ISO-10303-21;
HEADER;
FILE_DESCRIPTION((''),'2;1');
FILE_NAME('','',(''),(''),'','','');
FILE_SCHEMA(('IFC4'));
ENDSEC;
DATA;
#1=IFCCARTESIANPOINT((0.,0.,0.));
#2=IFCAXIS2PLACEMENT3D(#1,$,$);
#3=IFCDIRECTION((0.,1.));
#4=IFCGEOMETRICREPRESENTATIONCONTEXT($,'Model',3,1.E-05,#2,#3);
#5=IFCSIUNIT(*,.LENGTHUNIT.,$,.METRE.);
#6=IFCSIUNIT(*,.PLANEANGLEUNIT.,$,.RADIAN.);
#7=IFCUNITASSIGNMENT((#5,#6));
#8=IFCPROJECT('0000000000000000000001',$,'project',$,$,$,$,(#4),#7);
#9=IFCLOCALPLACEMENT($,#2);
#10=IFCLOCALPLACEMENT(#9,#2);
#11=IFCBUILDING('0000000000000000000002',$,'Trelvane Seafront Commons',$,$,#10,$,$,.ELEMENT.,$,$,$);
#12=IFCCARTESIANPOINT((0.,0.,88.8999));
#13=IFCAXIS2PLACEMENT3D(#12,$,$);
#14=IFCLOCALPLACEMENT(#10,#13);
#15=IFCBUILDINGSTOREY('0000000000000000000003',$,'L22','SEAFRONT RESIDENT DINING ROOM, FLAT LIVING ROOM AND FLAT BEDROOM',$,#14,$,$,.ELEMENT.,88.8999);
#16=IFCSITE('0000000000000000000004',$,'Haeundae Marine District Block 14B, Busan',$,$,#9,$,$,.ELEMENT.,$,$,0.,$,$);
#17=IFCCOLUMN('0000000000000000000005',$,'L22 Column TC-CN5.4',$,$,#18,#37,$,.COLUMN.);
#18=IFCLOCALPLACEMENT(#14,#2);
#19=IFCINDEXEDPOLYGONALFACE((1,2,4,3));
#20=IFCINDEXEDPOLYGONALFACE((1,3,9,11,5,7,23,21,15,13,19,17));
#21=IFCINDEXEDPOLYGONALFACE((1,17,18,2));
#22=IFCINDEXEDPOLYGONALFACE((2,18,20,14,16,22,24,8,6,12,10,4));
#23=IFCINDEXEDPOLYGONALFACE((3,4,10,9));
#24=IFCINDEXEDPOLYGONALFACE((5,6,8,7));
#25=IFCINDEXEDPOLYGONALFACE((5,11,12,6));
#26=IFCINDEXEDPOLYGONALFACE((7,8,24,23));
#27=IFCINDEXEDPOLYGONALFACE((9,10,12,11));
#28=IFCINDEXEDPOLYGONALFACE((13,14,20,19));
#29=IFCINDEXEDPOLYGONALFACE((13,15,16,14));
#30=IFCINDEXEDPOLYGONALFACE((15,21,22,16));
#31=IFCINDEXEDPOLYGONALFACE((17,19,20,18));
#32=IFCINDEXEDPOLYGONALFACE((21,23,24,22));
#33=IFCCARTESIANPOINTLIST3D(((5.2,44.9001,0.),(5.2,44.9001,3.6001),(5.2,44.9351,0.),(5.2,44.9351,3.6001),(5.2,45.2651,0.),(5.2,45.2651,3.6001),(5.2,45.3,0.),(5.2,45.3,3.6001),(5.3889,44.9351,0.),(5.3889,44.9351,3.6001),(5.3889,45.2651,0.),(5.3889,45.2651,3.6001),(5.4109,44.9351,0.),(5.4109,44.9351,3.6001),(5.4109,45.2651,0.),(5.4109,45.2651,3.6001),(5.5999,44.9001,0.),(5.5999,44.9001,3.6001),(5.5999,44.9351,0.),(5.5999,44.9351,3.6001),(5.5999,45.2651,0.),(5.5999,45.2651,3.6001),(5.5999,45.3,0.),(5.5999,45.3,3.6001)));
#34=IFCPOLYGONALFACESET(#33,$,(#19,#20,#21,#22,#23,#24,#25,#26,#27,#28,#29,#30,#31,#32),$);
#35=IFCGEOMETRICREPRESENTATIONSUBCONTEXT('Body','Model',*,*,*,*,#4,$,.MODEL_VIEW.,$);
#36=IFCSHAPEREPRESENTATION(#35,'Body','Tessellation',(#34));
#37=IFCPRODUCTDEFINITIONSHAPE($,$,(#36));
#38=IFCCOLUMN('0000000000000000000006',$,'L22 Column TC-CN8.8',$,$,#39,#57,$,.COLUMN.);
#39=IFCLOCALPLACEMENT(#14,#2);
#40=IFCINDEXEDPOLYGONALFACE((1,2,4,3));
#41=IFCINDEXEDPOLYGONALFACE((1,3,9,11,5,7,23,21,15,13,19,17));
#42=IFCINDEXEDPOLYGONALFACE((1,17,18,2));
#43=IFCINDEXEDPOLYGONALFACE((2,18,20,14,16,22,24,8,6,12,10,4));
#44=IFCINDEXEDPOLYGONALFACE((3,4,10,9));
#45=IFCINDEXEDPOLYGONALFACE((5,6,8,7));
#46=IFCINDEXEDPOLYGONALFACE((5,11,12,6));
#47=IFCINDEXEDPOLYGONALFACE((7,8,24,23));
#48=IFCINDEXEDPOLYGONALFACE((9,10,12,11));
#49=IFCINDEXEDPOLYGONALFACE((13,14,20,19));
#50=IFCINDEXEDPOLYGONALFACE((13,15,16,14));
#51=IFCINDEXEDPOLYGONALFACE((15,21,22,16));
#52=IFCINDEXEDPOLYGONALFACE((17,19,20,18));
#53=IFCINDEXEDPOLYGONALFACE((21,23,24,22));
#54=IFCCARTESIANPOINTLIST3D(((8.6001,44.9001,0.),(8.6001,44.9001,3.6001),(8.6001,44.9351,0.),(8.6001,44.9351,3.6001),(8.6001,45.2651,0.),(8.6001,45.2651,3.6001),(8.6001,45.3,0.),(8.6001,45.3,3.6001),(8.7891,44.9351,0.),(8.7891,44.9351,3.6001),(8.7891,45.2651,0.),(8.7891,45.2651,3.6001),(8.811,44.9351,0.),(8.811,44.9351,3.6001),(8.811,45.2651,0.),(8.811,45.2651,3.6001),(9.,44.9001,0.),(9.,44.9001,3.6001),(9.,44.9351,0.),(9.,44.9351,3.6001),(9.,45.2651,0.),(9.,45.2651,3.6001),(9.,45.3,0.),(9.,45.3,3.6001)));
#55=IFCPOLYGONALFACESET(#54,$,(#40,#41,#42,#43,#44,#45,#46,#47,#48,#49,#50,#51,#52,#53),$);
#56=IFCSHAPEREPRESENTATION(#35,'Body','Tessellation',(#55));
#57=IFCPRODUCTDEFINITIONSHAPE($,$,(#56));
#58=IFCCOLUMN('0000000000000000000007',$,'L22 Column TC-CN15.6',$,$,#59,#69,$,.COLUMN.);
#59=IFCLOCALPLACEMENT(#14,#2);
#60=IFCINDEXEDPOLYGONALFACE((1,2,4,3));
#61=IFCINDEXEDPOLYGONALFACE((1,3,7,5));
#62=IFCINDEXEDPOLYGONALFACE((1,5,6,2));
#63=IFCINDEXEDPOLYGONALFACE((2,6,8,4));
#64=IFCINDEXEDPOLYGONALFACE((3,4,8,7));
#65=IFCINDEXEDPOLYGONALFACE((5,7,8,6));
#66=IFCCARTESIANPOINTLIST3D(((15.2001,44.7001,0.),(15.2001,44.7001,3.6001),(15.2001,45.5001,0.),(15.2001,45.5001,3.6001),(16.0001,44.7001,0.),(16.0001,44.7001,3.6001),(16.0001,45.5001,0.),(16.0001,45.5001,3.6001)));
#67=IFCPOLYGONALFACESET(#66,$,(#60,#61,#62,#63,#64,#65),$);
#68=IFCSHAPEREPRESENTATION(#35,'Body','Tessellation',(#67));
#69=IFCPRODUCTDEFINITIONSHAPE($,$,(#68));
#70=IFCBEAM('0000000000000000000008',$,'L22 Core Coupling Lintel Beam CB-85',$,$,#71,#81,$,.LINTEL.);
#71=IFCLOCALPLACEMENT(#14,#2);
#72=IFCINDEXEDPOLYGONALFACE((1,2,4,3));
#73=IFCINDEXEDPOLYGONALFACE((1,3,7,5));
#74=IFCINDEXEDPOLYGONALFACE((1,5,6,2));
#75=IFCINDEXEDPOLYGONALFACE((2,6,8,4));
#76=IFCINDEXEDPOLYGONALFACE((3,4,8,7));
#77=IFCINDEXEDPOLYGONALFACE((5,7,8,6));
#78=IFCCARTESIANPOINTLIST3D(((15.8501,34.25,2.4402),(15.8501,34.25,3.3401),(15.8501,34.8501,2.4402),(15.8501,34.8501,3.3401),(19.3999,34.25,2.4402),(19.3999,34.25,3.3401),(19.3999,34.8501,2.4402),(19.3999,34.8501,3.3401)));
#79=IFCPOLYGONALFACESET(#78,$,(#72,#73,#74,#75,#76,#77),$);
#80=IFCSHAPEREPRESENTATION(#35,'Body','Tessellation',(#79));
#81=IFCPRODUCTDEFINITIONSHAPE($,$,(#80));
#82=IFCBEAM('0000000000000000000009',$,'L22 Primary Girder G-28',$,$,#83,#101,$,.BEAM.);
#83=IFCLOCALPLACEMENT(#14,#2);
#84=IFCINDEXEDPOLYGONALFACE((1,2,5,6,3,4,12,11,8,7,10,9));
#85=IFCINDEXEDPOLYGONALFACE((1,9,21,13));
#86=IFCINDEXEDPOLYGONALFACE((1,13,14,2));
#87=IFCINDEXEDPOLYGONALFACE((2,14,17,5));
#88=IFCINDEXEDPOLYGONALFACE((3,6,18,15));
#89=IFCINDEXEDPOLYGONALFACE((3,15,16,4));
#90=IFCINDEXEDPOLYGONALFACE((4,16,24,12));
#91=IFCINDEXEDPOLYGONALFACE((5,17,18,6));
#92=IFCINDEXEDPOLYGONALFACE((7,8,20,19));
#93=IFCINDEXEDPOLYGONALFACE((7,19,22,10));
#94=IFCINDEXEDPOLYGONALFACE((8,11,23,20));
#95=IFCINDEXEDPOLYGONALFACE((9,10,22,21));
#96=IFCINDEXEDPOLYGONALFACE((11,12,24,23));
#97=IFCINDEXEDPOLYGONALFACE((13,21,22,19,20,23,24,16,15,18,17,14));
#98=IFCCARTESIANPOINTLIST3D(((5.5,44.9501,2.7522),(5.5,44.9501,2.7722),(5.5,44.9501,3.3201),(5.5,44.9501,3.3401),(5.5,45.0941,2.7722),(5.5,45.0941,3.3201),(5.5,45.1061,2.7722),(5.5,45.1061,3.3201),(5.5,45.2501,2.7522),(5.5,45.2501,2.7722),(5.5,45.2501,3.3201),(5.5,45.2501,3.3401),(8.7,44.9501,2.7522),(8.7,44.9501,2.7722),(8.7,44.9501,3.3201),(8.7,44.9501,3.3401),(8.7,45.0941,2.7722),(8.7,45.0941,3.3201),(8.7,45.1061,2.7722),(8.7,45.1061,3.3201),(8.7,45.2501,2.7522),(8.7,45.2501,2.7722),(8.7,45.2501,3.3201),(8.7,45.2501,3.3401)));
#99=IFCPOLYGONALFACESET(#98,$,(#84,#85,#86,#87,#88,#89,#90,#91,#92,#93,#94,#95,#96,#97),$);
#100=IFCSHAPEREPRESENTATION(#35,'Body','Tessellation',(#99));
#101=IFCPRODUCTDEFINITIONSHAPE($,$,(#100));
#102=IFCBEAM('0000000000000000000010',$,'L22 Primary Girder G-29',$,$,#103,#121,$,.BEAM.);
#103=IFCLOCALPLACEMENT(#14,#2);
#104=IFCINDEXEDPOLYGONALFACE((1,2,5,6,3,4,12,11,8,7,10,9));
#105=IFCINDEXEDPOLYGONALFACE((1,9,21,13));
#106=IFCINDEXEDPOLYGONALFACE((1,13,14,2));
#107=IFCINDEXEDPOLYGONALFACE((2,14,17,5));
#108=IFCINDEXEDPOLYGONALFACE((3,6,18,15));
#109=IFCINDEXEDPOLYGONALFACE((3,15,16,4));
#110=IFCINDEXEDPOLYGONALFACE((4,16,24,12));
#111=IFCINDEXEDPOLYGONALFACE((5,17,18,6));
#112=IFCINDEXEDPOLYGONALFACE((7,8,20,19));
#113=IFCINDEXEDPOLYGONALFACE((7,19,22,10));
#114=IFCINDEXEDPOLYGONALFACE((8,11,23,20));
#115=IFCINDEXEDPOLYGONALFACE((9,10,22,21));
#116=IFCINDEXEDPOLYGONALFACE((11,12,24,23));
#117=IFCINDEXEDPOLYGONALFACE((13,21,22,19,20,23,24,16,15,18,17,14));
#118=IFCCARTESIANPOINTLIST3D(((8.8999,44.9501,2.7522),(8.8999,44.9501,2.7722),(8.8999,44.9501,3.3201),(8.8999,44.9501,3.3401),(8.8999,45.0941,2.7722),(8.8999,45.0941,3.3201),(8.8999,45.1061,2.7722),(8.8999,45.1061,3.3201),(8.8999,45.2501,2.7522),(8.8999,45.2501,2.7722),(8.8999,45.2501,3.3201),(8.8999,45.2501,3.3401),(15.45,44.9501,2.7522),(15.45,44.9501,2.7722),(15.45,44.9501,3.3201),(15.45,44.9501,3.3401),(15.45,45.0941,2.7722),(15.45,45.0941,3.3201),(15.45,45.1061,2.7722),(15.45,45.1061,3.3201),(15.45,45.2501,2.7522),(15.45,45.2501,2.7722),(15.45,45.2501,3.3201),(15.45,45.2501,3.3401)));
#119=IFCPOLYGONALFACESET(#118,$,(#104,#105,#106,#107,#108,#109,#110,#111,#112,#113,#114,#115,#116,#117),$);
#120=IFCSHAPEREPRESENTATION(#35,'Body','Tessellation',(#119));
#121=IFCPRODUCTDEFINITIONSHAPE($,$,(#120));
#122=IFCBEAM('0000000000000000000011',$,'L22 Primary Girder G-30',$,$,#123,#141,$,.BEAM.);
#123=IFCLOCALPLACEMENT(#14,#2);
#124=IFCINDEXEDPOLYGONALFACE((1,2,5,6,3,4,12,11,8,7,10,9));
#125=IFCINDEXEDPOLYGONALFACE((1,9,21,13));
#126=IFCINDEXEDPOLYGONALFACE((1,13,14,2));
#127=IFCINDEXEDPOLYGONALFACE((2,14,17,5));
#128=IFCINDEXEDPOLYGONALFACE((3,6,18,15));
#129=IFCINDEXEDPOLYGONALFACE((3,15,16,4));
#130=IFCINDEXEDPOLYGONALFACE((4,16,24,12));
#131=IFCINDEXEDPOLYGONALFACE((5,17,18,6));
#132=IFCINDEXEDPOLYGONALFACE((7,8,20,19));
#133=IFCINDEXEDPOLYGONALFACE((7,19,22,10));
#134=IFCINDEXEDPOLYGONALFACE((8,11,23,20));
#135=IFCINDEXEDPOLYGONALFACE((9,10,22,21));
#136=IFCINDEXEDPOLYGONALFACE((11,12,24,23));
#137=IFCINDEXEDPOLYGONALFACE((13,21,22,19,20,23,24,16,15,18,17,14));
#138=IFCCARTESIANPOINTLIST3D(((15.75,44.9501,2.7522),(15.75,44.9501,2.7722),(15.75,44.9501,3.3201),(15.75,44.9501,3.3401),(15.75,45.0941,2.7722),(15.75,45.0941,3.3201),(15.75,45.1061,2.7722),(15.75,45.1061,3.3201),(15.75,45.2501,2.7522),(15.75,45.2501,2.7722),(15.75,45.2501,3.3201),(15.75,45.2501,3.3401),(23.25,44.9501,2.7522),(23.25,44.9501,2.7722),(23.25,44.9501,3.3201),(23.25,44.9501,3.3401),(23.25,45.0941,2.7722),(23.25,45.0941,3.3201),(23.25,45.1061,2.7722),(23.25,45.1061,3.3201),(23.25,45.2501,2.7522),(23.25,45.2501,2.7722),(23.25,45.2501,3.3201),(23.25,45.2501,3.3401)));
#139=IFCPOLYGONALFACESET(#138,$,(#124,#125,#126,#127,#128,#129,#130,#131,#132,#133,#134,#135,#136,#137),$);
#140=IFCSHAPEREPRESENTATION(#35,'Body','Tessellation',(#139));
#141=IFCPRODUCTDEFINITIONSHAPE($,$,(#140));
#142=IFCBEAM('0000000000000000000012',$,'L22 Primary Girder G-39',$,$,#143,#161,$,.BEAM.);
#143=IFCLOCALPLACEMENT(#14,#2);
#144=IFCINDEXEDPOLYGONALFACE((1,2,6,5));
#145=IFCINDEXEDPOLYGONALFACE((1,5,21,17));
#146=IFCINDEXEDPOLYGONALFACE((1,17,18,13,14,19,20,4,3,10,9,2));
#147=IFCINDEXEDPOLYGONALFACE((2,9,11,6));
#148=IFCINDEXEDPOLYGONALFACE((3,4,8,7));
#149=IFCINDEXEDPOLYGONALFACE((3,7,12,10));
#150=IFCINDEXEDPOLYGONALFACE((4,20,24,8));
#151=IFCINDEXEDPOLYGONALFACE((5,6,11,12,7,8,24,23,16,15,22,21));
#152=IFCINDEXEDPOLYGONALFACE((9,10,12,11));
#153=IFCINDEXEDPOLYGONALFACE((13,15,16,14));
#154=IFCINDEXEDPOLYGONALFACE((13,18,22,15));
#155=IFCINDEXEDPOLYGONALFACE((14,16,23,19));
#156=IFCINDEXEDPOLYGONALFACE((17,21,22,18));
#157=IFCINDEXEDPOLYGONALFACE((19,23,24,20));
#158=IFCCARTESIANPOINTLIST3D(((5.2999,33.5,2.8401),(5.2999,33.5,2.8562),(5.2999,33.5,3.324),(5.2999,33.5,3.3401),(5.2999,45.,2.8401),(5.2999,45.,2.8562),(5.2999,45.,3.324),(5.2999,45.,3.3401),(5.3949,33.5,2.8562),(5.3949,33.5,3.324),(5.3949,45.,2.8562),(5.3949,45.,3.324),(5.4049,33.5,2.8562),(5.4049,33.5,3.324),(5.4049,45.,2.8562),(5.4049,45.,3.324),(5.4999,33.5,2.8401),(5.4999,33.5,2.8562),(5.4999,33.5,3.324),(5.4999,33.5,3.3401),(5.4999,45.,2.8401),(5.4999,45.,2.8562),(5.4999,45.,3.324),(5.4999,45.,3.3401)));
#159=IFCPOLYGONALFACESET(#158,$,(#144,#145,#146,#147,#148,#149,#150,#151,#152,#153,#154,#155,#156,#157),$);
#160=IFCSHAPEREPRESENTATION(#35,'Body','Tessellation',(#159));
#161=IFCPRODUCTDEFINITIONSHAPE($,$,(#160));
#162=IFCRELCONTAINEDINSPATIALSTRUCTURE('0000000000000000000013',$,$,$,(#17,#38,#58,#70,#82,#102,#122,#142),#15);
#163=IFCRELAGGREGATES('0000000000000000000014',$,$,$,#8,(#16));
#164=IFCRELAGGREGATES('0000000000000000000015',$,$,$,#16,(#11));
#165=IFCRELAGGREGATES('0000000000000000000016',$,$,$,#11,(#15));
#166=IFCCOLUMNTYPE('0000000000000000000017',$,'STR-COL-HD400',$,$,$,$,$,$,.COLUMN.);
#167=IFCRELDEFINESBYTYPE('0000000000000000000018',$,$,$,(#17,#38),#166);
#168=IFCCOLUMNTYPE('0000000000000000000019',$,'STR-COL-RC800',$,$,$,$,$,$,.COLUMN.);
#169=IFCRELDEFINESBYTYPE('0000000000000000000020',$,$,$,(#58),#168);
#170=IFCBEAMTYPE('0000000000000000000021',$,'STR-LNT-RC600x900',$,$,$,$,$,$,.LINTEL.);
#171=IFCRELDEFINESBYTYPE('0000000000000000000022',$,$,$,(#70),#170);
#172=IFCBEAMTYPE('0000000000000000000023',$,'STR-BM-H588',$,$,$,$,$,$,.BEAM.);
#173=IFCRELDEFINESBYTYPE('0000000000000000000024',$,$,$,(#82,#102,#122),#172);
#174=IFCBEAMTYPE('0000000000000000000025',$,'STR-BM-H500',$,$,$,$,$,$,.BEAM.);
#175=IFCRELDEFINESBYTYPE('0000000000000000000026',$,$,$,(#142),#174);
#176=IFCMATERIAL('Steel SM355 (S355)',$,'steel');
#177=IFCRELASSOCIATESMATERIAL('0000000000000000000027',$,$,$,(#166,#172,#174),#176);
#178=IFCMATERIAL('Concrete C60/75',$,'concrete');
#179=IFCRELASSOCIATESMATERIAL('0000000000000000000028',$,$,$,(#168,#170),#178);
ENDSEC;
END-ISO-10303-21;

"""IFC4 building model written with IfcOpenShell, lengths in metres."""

from ifc_helpers import new_model, si_unit, direction, frame, origin, origin_2d, place, context, subcontext, project, spatial, rectangle, i_section, extrude, source, transform, mapped, material, material_profile, profile_set, type_object, element, save


model = new_model("IFC4")

# Units and contexts
model_context = context("Model", 3, precision=1e-05, world=origin(), true_north=direction((0.0, 1.0)))
body_context = subcontext(model_context, "Body", "Model", "MODEL_VIEW")
ifc_project = project(units=[si_unit("LENGTHUNIT", "METRE"), si_unit("PLANEANGLEUNIT", "RADIAN")], contexts=[model_context])

# Site, building, storey
site_placement = place(None, origin())
site = spatial("IfcSite", under=ifc_project, at=site_placement, Name="Haeundae Marine District Block 14B, Busan", CompositionType="ELEMENT", RefElevation=0.0)
building_placement = place(site_placement, origin())
building = spatial("IfcBuilding", under=site, at=building_placement, Name="Trelvane Seafront Commons", CompositionType="ELEMENT")
storey_placement = place(building_placement, frame((0.0, 0.0, 88.8999)))
storey = spatial("IfcBuildingStorey", under=building, at=storey_placement, Name="L22", Description="SEAFRONT RESIDENT DINING ROOM, FLAT LIVING ROOM AND FLAT BEDROOM", CompositionType="ELEMENT", Elevation=88.8999)

# Columns
ifc_material_1 = material(Name="Steel SM355 (S355)", Category="steel")
ifc_material_profile_1 = material_profile(ifc_material_1, i_section(OverallWidth=0.3999, OverallDepth=0.3999, WebThickness=0.022, FlangeThickness=0.0349, at=origin_2d()), Name="HD-400x400x22x35")
ifc_profile_set_1 = profile_set([ifc_material_profile_1], Name="Steel SM355 (S355)")
column_type_1 = type_object("IfcColumnType", Name="STR-COL-HD400", PredefinedType="COLUMN", material=ifc_profile_set_1)
shared_shape_1 = source(origin(), body_context, "Body", "SweptSolid", [
    extrude(i_section(OverallWidth=0.3999, OverallDepth=0.3999, WebThickness=0.022, FlangeThickness=0.0349, at=origin_2d()), origin(), (0.0, 0.0, 1.0), 3.6001),
])
for number, where, z_axis, x_axis, name in (
    (1, (5.3999, 45.1001, 0.0), (0.0, 0.0, 1.0), (1.0, 0.0, 0.0), "L22 Column TC-CN5.4"),
    (2, (8.8, 45.1001, 0.0), (0.0, 0.0, 1.0), (1.0, 0.0, 0.0), "L22 Column TC-CN8.8"),
):
    element("IfcColumn", number, at=place(storey_placement, frame(where, z_axis=z_axis, x_axis=x_axis)), inside=storey, type_object=column_type_1, Name=name, PredefinedType="COLUMN", context=body_context, shape_type="MappedRepresentation", body=[
        mapped(shared_shape_1, transform((0.0, 0.0, 0.0), x_axis=(1.0, 0.0, 0.0), y_axis=(0.0, 1.0, 0.0), z_axis=(0.0, 0.0, 1.0), scale=1.0)),
    ])
ifc_material_2 = material(Name="Concrete C60/75", Category="concrete")
ifc_material_profile_2 = material_profile(ifc_material_2, rectangle(XDim=0.8, YDim=0.8, at=origin_2d()), Name="RC-800x800")
ifc_profile_set_2 = profile_set([ifc_material_profile_2], Name="Concrete C60/75")
column_type_2 = type_object("IfcColumnType", Name="STR-COL-RC800", PredefinedType="COLUMN", material=ifc_profile_set_2)
shared_shape_2 = source(origin(), body_context, "Body", "SweptSolid", [
    extrude(rectangle(XDim=0.8, YDim=0.8, at=origin_2d()), origin(), (0.0, 0.0, 1.0), 3.6001),
])
column_placement = place(storey_placement, frame((15.6001, 45.1001, 0.0), z_axis=(0.0, 0.0, 1.0), x_axis=(1.0, 0.0, 0.0)))
element("IfcColumn", 3, at=column_placement, inside=storey, type_object=column_type_2, Name="L22 Column TC-CN15.6", PredefinedType="COLUMN", context=body_context, shape_type="MappedRepresentation", body=[
    mapped(shared_shape_2, transform((0.0, 0.0, 0.0), x_axis=(1.0, 0.0, 0.0), y_axis=(0.0, 1.0, 0.0), z_axis=(0.0, 0.0, 1.0), scale=1.0)),
])

# Beams
ifc_material_profile_3 = material_profile(ifc_material_2, rectangle(XDim=0.6001, YDim=0.8999, at=origin_2d()), Name="RC-600x900")
ifc_profile_set_3 = profile_set([ifc_material_profile_3], Name="Concrete C60/75")
beam_type_1 = type_object("IfcBeamType", Name="STR-LNT-RC600x900", PredefinedType="LINTEL", material=ifc_profile_set_3)
shared_shape_3 = source(origin(), body_context, "Body", "SweptSolid", [
    extrude(rectangle(XDim=0.6001, YDim=0.8999, at=origin_2d()), origin(), (0.0, 0.0, 1.0), 3.5498),
])
beam_1_placement = place(storey_placement, frame((15.8501, 34.55, 2.8901), z_axis=(1.0, 0.0, 0.0), x_axis=(0.0, 1.0, 0.0)))
element("IfcBeam", 4, at=beam_1_placement, inside=storey, type_object=beam_type_1, Name="L22 Core Coupling Lintel Beam CB-85", PredefinedType="LINTEL", context=body_context, shape_type="MappedRepresentation", body=[
    mapped(shared_shape_3, transform((0.0, 0.0, 0.0), x_axis=(1.0, 0.0, 0.0), y_axis=(0.0, 1.0, 0.0), z_axis=(0.0, 0.0, 1.0), scale=1.0)),
])
ifc_material_profile_4 = material_profile(ifc_material_1, i_section(OverallWidth=0.3, OverallDepth=0.5879, WebThickness=0.012, FlangeThickness=0.02, at=origin_2d()), Name="H-588x300x12x20")
ifc_profile_set_4 = profile_set([ifc_material_profile_4], Name="Steel SM355 (S355)")
beam_type_2 = type_object("IfcBeamType", Name="STR-BM-H588", PredefinedType="BEAM", material=ifc_profile_set_4)
shared_shape_4 = source(origin(), body_context, "Body", "SweptSolid", [
    extrude(i_section(OverallWidth=0.3, OverallDepth=0.5879, WebThickness=0.012, FlangeThickness=0.02, at=origin_2d()), origin(), (0.0, 0.0, 1.0), 3.2),
])
beam_2_placement = place(storey_placement, frame((5.5, 45.1001, 3.0461), z_axis=(1.0, 0.0, 0.0), x_axis=(0.0, 1.0, 0.0)))
element("IfcBeam", 5, at=beam_2_placement, inside=storey, type_object=beam_type_2, Name="L22 Primary Girder G-28", PredefinedType="BEAM", context=body_context, shape_type="MappedRepresentation", body=[
    mapped(shared_shape_4, transform((0.0, 0.0, 0.0), x_axis=(1.0, 0.0, 0.0), y_axis=(0.0, 1.0, 0.0), z_axis=(0.0, 0.0, 1.0), scale=1.0)),
])
shared_shape_5 = source(origin(), body_context, "Body", "SweptSolid", [
    extrude(i_section(OverallWidth=0.3, OverallDepth=0.5879, WebThickness=0.012, FlangeThickness=0.02, at=origin_2d()), origin(), (0.0, 0.0, 1.0), 6.55),
])
beam_3_placement = place(storey_placement, frame((8.8999, 45.1001, 3.0461), z_axis=(1.0, 0.0, 0.0), x_axis=(0.0, 1.0, 0.0)))
element("IfcBeam", 6, at=beam_3_placement, inside=storey, type_object=beam_type_2, Name="L22 Primary Girder G-29", PredefinedType="BEAM", context=body_context, shape_type="MappedRepresentation", body=[
    mapped(shared_shape_5, transform((0.0, 0.0, 0.0), x_axis=(1.0, 0.0, 0.0), y_axis=(0.0, 1.0, 0.0), z_axis=(0.0, 0.0, 1.0), scale=1.0)),
])
shared_shape_6 = source(origin(), body_context, "Body", "SweptSolid", [
    extrude(i_section(OverallWidth=0.3, OverallDepth=0.5879, WebThickness=0.012, FlangeThickness=0.02, at=origin_2d()), origin(), (0.0, 0.0, 1.0), 7.5),
])
beam_4_placement = place(storey_placement, frame((15.75, 45.1001, 3.0461), z_axis=(1.0, 0.0, 0.0), x_axis=(0.0, 1.0, 0.0)))
element("IfcBeam", 7, at=beam_4_placement, inside=storey, type_object=beam_type_2, Name="L22 Primary Girder G-30", PredefinedType="BEAM", context=body_context, shape_type="MappedRepresentation", body=[
    mapped(shared_shape_6, transform((0.0, 0.0, 0.0), x_axis=(1.0, 0.0, 0.0), y_axis=(0.0, 1.0, 0.0), z_axis=(0.0, 0.0, 1.0), scale=1.0)),
])
ifc_material_profile_5 = material_profile(ifc_material_1, i_section(OverallWidth=0.2, OverallDepth=0.5, WebThickness=0.01, FlangeThickness=0.0161, at=origin_2d()), Name="H-500x200x10x16")
ifc_profile_set_5 = profile_set([ifc_material_profile_5], Name="Steel SM355 (S355)")
beam_type_3 = type_object("IfcBeamType", Name="STR-BM-H500", PredefinedType="BEAM", material=ifc_profile_set_5)
shared_shape_7 = source(origin(), body_context, "Body", "SweptSolid", [
    extrude(i_section(OverallWidth=0.2, OverallDepth=0.5, WebThickness=0.01, FlangeThickness=0.0161, at=origin_2d()), origin(), (0.0, 0.0, 1.0), 11.5),
])
for number, where, z_axis, x_axis, name in (
    (8, (5.3999, 33.5, 3.0901), (0.0, 1.0, 0.0), (-1.0, 0.0, 0.0), "L22 Primary Girder G-39"),
):
    element("IfcBeam", number, at=place(storey_placement, frame(where, z_axis=z_axis, x_axis=x_axis)), inside=storey, type_object=beam_type_3, Name=name, PredefinedType="BEAM", context=body_context, shape_type="MappedRepresentation", body=[
        mapped(shared_shape_7, transform((0.0, 0.0, 0.0), x_axis=(1.0, 0.0, 0.0), y_axis=(0.0, 1.0, 0.0), z_axis=(0.0, 0.0, 1.0), scale=1.0)),
    ])

save(model, "model.ifc")
